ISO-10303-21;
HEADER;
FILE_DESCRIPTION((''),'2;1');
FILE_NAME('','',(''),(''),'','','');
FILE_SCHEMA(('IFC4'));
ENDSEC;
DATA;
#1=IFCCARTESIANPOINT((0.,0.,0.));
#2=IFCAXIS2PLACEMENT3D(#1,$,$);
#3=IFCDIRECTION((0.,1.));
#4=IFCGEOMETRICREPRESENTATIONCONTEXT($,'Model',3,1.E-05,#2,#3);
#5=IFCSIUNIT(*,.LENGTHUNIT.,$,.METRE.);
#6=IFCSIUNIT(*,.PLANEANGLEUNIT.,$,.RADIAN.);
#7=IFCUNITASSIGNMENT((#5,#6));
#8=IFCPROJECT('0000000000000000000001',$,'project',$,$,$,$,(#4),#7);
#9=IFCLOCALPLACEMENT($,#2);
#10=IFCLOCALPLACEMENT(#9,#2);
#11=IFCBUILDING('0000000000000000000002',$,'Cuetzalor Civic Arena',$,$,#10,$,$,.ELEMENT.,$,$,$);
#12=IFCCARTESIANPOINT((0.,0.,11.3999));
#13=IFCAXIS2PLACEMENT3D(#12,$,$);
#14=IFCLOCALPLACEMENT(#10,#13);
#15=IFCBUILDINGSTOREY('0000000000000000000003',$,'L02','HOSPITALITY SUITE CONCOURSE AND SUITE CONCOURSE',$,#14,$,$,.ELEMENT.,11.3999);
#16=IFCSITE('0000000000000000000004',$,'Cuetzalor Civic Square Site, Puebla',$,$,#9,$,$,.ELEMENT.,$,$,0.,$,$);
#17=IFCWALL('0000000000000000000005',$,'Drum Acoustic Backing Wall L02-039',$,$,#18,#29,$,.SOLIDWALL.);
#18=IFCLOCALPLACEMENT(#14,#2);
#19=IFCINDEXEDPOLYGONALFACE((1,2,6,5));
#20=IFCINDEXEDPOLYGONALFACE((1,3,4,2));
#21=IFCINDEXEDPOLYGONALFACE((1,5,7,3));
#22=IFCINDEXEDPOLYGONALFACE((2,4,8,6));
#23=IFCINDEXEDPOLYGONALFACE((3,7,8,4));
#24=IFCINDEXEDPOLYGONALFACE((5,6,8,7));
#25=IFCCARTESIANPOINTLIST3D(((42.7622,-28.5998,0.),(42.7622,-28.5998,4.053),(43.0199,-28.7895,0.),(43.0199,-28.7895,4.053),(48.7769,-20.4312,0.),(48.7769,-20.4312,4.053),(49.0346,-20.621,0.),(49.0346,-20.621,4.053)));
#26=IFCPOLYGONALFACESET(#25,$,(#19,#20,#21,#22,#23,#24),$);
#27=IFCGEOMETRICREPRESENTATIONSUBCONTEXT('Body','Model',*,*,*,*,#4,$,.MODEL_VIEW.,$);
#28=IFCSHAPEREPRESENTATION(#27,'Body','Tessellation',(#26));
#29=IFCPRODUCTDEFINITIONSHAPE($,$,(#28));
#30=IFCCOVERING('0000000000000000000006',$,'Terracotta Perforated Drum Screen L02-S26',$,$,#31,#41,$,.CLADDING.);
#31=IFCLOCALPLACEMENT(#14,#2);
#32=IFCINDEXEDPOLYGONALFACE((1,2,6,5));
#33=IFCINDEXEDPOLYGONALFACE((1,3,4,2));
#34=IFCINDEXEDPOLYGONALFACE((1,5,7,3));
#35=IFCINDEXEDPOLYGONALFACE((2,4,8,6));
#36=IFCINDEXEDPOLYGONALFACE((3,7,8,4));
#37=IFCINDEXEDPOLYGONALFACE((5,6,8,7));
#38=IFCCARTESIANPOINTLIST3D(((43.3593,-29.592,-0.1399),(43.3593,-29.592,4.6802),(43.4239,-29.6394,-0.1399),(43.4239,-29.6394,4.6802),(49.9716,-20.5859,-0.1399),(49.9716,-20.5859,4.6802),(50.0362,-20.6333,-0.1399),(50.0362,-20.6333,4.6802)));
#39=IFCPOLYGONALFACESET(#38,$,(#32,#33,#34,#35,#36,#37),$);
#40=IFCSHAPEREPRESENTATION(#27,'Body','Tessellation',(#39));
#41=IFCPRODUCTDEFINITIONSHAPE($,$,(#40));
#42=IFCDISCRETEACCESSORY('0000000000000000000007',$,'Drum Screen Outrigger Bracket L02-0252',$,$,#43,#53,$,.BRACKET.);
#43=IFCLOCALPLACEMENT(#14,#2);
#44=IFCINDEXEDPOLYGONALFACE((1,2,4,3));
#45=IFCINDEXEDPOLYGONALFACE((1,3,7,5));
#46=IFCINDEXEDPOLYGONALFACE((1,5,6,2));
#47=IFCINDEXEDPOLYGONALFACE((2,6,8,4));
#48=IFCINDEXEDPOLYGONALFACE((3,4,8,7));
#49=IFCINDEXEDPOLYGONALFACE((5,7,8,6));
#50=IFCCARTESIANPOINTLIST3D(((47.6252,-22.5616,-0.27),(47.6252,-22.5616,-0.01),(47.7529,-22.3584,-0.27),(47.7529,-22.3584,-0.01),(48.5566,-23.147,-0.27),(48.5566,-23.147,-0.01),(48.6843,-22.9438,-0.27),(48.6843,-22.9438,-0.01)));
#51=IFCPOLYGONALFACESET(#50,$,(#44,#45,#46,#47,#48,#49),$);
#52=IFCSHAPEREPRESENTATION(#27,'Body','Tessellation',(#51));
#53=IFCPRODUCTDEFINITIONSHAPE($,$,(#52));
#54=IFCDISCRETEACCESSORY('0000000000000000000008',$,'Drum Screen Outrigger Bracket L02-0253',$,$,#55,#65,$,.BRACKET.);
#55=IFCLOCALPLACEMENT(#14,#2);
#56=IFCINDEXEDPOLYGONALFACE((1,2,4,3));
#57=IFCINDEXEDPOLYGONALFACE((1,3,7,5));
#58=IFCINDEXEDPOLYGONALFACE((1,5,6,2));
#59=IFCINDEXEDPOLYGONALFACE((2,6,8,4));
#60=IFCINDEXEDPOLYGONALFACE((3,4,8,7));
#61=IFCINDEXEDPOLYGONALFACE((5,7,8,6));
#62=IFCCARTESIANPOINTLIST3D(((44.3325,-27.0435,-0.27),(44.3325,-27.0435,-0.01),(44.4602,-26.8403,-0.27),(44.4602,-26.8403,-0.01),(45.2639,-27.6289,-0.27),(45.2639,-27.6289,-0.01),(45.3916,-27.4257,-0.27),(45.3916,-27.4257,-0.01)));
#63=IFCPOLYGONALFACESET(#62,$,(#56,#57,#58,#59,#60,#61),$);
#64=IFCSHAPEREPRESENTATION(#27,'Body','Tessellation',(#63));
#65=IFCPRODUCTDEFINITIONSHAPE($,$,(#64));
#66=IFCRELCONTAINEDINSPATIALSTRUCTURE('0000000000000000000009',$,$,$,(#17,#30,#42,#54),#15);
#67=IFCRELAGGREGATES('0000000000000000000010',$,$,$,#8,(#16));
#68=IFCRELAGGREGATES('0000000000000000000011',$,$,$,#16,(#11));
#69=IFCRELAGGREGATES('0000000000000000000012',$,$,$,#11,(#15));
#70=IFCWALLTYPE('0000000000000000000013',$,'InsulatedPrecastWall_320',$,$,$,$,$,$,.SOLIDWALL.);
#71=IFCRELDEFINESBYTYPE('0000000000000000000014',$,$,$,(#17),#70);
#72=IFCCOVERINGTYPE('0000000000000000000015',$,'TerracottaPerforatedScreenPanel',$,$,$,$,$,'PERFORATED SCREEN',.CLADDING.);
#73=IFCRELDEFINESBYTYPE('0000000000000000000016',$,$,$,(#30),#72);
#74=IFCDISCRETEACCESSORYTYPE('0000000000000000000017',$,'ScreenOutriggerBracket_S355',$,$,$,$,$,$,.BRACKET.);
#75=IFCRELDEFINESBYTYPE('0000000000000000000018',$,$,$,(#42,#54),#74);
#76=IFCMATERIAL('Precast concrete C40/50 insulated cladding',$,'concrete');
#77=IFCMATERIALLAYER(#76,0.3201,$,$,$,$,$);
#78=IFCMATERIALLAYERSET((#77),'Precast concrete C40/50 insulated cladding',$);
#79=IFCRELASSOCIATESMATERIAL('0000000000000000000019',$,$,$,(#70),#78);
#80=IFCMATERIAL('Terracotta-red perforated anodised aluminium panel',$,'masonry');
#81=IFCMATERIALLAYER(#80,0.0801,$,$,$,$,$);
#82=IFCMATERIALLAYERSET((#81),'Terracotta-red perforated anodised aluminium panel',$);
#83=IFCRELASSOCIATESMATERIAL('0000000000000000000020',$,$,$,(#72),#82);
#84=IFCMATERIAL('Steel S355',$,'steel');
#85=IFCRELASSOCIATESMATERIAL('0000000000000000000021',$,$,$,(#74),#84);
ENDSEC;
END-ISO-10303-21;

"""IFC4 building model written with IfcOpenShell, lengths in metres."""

from ifc_helpers import new_model, si_unit, direction, frame, frame_2d, origin, origin_2d, place, context, subcontext, project, spatial, rectangle, extrude, material, layer, layer_set, type_object, element, save


model = new_model("IFC4")

# Units and contexts
model_context = context("Model", 3, precision=1e-05, world=origin(), true_north=direction((0.0, 1.0)))
body_context = subcontext(model_context, "Body", "Model", "MODEL_VIEW")
ifc_project = project(units=[si_unit("LENGTHUNIT", "METRE"), si_unit("PLANEANGLEUNIT", "RADIAN")], contexts=[model_context])

# Site, building, storey
site_placement = place(None, origin())
site = spatial("IfcSite", under=ifc_project, at=site_placement, Name="Cuetzalor Civic Square Site, Puebla", CompositionType="ELEMENT", RefElevation=0.0)
building_placement = place(site_placement, origin())
building = spatial("IfcBuilding", under=site, at=building_placement, Name="Cuetzalor Civic Arena", CompositionType="ELEMENT")
storey_placement = place(building_placement, frame((0.0, 0.0, 11.3999)))
storey = spatial("IfcBuildingStorey", under=building, at=storey_placement, Name="L02", Description="HOSPITALITY SUITE CONCOURSE AND SUITE CONCOURSE", CompositionType="ELEMENT", Elevation=11.3999)

# Wall
ifc_material_1 = material(Name="Precast concrete C40/50 insulated cladding", Category="concrete")
ifc_layer_1 = layer(ifc_material_1, 0.3201)
ifc_layer_set_1 = layer_set([ifc_layer_1], Name="Precast concrete C40/50 insulated cladding")
wall_type_1 = type_object("IfcWallType", Name="InsulatedPrecastWall_320", PredefinedType="SOLIDWALL", material=ifc_layer_set_1)
wall_1_placement = place(storey_placement, frame((48.9058, -20.5261, 0.0), z_axis=(0.0, 0.0, 1.0), x_axis=(-0.59293, -0.805254, 0.0)))
element("IfcWall", 1, at=wall_1_placement, inside=storey, type_object=wall_type_1, Name="Drum Acoustic Backing Wall L02-039", PredefinedType="SOLIDWALL", context=body_context, shape_type="SweptSolid", body=[
    extrude(rectangle(XDim=10.144, YDim=0.3201, at=frame_2d((5.072, 0.0))), origin(), (0.0, 0.0, 1.0), 4.053),
])

# Covering
ifc_material_2 = material(Name="Terracotta-red perforated anodised aluminium panel", Category="masonry")
ifc_layer_2 = layer(ifc_material_2, 0.0801)
ifc_layer_set_2 = layer_set([ifc_layer_2], Name="Terracotta-red perforated anodised aluminium panel")
covering_type = type_object("IfcCoveringType", Name="TerracottaPerforatedScreenPanel", ElementType="PERFORATED SCREEN", PredefinedType="CLADDING", material=ifc_layer_set_2)
covering_placement = place(storey_placement, frame((50.0039, -20.6096, -0.1399), z_axis=(0.0, 0.0, 1.0), x_axis=(-0.591819, -0.806071, 0.0)))
element("IfcCovering", 2, at=covering_placement, inside=storey, type_object=covering_type, Name="Terracotta Perforated Drum Screen L02-S26", PredefinedType="CLADDING", context=body_context, shape_type="SweptSolid", body=[
    extrude(rectangle(XDim=11.1729, YDim=0.0801, at=frame_2d((5.5864, 0.0))), origin(), (0.0, 0.0, 1.0), 4.8201),
])

# Discrete accessories
ifc_material_3 = material(Name="Steel S355", Category="steel")
discrete_accessory_type = type_object("IfcDiscreteAccessoryType", Name="ScreenOutriggerBracket_S355", PredefinedType="BRACKET", material=ifc_material_3)
for number, where, z_axis, x_axis, name in (
    (3, (48.1548, -22.7527, -0.27), (0.0, 0.0, 1.0), (0.846658, -0.532138, 0.0), "Drum Screen Outrigger Bracket L02-0252"),
    (4, (44.8621, -27.2346, -0.27), (0.0, 0.0, 1.0), (0.846658, -0.532138, 0.0), "Drum Screen Outrigger Bracket L02-0253"),
):
    element("IfcDiscreteAccessory", number, at=place(storey_placement, frame(where, z_axis=z_axis, x_axis=x_axis)), inside=storey, type_object=discrete_accessory_type, Name=name, PredefinedType="BRACKET", context=body_context, shape_type="SweptSolid", body=[
        extrude(rectangle(XDim=1.1001, YDim=0.24, at=origin_2d()), origin(), (0.0, 0.0, 1.0), 0.26),
    ])

save(model, "model.ifc")
